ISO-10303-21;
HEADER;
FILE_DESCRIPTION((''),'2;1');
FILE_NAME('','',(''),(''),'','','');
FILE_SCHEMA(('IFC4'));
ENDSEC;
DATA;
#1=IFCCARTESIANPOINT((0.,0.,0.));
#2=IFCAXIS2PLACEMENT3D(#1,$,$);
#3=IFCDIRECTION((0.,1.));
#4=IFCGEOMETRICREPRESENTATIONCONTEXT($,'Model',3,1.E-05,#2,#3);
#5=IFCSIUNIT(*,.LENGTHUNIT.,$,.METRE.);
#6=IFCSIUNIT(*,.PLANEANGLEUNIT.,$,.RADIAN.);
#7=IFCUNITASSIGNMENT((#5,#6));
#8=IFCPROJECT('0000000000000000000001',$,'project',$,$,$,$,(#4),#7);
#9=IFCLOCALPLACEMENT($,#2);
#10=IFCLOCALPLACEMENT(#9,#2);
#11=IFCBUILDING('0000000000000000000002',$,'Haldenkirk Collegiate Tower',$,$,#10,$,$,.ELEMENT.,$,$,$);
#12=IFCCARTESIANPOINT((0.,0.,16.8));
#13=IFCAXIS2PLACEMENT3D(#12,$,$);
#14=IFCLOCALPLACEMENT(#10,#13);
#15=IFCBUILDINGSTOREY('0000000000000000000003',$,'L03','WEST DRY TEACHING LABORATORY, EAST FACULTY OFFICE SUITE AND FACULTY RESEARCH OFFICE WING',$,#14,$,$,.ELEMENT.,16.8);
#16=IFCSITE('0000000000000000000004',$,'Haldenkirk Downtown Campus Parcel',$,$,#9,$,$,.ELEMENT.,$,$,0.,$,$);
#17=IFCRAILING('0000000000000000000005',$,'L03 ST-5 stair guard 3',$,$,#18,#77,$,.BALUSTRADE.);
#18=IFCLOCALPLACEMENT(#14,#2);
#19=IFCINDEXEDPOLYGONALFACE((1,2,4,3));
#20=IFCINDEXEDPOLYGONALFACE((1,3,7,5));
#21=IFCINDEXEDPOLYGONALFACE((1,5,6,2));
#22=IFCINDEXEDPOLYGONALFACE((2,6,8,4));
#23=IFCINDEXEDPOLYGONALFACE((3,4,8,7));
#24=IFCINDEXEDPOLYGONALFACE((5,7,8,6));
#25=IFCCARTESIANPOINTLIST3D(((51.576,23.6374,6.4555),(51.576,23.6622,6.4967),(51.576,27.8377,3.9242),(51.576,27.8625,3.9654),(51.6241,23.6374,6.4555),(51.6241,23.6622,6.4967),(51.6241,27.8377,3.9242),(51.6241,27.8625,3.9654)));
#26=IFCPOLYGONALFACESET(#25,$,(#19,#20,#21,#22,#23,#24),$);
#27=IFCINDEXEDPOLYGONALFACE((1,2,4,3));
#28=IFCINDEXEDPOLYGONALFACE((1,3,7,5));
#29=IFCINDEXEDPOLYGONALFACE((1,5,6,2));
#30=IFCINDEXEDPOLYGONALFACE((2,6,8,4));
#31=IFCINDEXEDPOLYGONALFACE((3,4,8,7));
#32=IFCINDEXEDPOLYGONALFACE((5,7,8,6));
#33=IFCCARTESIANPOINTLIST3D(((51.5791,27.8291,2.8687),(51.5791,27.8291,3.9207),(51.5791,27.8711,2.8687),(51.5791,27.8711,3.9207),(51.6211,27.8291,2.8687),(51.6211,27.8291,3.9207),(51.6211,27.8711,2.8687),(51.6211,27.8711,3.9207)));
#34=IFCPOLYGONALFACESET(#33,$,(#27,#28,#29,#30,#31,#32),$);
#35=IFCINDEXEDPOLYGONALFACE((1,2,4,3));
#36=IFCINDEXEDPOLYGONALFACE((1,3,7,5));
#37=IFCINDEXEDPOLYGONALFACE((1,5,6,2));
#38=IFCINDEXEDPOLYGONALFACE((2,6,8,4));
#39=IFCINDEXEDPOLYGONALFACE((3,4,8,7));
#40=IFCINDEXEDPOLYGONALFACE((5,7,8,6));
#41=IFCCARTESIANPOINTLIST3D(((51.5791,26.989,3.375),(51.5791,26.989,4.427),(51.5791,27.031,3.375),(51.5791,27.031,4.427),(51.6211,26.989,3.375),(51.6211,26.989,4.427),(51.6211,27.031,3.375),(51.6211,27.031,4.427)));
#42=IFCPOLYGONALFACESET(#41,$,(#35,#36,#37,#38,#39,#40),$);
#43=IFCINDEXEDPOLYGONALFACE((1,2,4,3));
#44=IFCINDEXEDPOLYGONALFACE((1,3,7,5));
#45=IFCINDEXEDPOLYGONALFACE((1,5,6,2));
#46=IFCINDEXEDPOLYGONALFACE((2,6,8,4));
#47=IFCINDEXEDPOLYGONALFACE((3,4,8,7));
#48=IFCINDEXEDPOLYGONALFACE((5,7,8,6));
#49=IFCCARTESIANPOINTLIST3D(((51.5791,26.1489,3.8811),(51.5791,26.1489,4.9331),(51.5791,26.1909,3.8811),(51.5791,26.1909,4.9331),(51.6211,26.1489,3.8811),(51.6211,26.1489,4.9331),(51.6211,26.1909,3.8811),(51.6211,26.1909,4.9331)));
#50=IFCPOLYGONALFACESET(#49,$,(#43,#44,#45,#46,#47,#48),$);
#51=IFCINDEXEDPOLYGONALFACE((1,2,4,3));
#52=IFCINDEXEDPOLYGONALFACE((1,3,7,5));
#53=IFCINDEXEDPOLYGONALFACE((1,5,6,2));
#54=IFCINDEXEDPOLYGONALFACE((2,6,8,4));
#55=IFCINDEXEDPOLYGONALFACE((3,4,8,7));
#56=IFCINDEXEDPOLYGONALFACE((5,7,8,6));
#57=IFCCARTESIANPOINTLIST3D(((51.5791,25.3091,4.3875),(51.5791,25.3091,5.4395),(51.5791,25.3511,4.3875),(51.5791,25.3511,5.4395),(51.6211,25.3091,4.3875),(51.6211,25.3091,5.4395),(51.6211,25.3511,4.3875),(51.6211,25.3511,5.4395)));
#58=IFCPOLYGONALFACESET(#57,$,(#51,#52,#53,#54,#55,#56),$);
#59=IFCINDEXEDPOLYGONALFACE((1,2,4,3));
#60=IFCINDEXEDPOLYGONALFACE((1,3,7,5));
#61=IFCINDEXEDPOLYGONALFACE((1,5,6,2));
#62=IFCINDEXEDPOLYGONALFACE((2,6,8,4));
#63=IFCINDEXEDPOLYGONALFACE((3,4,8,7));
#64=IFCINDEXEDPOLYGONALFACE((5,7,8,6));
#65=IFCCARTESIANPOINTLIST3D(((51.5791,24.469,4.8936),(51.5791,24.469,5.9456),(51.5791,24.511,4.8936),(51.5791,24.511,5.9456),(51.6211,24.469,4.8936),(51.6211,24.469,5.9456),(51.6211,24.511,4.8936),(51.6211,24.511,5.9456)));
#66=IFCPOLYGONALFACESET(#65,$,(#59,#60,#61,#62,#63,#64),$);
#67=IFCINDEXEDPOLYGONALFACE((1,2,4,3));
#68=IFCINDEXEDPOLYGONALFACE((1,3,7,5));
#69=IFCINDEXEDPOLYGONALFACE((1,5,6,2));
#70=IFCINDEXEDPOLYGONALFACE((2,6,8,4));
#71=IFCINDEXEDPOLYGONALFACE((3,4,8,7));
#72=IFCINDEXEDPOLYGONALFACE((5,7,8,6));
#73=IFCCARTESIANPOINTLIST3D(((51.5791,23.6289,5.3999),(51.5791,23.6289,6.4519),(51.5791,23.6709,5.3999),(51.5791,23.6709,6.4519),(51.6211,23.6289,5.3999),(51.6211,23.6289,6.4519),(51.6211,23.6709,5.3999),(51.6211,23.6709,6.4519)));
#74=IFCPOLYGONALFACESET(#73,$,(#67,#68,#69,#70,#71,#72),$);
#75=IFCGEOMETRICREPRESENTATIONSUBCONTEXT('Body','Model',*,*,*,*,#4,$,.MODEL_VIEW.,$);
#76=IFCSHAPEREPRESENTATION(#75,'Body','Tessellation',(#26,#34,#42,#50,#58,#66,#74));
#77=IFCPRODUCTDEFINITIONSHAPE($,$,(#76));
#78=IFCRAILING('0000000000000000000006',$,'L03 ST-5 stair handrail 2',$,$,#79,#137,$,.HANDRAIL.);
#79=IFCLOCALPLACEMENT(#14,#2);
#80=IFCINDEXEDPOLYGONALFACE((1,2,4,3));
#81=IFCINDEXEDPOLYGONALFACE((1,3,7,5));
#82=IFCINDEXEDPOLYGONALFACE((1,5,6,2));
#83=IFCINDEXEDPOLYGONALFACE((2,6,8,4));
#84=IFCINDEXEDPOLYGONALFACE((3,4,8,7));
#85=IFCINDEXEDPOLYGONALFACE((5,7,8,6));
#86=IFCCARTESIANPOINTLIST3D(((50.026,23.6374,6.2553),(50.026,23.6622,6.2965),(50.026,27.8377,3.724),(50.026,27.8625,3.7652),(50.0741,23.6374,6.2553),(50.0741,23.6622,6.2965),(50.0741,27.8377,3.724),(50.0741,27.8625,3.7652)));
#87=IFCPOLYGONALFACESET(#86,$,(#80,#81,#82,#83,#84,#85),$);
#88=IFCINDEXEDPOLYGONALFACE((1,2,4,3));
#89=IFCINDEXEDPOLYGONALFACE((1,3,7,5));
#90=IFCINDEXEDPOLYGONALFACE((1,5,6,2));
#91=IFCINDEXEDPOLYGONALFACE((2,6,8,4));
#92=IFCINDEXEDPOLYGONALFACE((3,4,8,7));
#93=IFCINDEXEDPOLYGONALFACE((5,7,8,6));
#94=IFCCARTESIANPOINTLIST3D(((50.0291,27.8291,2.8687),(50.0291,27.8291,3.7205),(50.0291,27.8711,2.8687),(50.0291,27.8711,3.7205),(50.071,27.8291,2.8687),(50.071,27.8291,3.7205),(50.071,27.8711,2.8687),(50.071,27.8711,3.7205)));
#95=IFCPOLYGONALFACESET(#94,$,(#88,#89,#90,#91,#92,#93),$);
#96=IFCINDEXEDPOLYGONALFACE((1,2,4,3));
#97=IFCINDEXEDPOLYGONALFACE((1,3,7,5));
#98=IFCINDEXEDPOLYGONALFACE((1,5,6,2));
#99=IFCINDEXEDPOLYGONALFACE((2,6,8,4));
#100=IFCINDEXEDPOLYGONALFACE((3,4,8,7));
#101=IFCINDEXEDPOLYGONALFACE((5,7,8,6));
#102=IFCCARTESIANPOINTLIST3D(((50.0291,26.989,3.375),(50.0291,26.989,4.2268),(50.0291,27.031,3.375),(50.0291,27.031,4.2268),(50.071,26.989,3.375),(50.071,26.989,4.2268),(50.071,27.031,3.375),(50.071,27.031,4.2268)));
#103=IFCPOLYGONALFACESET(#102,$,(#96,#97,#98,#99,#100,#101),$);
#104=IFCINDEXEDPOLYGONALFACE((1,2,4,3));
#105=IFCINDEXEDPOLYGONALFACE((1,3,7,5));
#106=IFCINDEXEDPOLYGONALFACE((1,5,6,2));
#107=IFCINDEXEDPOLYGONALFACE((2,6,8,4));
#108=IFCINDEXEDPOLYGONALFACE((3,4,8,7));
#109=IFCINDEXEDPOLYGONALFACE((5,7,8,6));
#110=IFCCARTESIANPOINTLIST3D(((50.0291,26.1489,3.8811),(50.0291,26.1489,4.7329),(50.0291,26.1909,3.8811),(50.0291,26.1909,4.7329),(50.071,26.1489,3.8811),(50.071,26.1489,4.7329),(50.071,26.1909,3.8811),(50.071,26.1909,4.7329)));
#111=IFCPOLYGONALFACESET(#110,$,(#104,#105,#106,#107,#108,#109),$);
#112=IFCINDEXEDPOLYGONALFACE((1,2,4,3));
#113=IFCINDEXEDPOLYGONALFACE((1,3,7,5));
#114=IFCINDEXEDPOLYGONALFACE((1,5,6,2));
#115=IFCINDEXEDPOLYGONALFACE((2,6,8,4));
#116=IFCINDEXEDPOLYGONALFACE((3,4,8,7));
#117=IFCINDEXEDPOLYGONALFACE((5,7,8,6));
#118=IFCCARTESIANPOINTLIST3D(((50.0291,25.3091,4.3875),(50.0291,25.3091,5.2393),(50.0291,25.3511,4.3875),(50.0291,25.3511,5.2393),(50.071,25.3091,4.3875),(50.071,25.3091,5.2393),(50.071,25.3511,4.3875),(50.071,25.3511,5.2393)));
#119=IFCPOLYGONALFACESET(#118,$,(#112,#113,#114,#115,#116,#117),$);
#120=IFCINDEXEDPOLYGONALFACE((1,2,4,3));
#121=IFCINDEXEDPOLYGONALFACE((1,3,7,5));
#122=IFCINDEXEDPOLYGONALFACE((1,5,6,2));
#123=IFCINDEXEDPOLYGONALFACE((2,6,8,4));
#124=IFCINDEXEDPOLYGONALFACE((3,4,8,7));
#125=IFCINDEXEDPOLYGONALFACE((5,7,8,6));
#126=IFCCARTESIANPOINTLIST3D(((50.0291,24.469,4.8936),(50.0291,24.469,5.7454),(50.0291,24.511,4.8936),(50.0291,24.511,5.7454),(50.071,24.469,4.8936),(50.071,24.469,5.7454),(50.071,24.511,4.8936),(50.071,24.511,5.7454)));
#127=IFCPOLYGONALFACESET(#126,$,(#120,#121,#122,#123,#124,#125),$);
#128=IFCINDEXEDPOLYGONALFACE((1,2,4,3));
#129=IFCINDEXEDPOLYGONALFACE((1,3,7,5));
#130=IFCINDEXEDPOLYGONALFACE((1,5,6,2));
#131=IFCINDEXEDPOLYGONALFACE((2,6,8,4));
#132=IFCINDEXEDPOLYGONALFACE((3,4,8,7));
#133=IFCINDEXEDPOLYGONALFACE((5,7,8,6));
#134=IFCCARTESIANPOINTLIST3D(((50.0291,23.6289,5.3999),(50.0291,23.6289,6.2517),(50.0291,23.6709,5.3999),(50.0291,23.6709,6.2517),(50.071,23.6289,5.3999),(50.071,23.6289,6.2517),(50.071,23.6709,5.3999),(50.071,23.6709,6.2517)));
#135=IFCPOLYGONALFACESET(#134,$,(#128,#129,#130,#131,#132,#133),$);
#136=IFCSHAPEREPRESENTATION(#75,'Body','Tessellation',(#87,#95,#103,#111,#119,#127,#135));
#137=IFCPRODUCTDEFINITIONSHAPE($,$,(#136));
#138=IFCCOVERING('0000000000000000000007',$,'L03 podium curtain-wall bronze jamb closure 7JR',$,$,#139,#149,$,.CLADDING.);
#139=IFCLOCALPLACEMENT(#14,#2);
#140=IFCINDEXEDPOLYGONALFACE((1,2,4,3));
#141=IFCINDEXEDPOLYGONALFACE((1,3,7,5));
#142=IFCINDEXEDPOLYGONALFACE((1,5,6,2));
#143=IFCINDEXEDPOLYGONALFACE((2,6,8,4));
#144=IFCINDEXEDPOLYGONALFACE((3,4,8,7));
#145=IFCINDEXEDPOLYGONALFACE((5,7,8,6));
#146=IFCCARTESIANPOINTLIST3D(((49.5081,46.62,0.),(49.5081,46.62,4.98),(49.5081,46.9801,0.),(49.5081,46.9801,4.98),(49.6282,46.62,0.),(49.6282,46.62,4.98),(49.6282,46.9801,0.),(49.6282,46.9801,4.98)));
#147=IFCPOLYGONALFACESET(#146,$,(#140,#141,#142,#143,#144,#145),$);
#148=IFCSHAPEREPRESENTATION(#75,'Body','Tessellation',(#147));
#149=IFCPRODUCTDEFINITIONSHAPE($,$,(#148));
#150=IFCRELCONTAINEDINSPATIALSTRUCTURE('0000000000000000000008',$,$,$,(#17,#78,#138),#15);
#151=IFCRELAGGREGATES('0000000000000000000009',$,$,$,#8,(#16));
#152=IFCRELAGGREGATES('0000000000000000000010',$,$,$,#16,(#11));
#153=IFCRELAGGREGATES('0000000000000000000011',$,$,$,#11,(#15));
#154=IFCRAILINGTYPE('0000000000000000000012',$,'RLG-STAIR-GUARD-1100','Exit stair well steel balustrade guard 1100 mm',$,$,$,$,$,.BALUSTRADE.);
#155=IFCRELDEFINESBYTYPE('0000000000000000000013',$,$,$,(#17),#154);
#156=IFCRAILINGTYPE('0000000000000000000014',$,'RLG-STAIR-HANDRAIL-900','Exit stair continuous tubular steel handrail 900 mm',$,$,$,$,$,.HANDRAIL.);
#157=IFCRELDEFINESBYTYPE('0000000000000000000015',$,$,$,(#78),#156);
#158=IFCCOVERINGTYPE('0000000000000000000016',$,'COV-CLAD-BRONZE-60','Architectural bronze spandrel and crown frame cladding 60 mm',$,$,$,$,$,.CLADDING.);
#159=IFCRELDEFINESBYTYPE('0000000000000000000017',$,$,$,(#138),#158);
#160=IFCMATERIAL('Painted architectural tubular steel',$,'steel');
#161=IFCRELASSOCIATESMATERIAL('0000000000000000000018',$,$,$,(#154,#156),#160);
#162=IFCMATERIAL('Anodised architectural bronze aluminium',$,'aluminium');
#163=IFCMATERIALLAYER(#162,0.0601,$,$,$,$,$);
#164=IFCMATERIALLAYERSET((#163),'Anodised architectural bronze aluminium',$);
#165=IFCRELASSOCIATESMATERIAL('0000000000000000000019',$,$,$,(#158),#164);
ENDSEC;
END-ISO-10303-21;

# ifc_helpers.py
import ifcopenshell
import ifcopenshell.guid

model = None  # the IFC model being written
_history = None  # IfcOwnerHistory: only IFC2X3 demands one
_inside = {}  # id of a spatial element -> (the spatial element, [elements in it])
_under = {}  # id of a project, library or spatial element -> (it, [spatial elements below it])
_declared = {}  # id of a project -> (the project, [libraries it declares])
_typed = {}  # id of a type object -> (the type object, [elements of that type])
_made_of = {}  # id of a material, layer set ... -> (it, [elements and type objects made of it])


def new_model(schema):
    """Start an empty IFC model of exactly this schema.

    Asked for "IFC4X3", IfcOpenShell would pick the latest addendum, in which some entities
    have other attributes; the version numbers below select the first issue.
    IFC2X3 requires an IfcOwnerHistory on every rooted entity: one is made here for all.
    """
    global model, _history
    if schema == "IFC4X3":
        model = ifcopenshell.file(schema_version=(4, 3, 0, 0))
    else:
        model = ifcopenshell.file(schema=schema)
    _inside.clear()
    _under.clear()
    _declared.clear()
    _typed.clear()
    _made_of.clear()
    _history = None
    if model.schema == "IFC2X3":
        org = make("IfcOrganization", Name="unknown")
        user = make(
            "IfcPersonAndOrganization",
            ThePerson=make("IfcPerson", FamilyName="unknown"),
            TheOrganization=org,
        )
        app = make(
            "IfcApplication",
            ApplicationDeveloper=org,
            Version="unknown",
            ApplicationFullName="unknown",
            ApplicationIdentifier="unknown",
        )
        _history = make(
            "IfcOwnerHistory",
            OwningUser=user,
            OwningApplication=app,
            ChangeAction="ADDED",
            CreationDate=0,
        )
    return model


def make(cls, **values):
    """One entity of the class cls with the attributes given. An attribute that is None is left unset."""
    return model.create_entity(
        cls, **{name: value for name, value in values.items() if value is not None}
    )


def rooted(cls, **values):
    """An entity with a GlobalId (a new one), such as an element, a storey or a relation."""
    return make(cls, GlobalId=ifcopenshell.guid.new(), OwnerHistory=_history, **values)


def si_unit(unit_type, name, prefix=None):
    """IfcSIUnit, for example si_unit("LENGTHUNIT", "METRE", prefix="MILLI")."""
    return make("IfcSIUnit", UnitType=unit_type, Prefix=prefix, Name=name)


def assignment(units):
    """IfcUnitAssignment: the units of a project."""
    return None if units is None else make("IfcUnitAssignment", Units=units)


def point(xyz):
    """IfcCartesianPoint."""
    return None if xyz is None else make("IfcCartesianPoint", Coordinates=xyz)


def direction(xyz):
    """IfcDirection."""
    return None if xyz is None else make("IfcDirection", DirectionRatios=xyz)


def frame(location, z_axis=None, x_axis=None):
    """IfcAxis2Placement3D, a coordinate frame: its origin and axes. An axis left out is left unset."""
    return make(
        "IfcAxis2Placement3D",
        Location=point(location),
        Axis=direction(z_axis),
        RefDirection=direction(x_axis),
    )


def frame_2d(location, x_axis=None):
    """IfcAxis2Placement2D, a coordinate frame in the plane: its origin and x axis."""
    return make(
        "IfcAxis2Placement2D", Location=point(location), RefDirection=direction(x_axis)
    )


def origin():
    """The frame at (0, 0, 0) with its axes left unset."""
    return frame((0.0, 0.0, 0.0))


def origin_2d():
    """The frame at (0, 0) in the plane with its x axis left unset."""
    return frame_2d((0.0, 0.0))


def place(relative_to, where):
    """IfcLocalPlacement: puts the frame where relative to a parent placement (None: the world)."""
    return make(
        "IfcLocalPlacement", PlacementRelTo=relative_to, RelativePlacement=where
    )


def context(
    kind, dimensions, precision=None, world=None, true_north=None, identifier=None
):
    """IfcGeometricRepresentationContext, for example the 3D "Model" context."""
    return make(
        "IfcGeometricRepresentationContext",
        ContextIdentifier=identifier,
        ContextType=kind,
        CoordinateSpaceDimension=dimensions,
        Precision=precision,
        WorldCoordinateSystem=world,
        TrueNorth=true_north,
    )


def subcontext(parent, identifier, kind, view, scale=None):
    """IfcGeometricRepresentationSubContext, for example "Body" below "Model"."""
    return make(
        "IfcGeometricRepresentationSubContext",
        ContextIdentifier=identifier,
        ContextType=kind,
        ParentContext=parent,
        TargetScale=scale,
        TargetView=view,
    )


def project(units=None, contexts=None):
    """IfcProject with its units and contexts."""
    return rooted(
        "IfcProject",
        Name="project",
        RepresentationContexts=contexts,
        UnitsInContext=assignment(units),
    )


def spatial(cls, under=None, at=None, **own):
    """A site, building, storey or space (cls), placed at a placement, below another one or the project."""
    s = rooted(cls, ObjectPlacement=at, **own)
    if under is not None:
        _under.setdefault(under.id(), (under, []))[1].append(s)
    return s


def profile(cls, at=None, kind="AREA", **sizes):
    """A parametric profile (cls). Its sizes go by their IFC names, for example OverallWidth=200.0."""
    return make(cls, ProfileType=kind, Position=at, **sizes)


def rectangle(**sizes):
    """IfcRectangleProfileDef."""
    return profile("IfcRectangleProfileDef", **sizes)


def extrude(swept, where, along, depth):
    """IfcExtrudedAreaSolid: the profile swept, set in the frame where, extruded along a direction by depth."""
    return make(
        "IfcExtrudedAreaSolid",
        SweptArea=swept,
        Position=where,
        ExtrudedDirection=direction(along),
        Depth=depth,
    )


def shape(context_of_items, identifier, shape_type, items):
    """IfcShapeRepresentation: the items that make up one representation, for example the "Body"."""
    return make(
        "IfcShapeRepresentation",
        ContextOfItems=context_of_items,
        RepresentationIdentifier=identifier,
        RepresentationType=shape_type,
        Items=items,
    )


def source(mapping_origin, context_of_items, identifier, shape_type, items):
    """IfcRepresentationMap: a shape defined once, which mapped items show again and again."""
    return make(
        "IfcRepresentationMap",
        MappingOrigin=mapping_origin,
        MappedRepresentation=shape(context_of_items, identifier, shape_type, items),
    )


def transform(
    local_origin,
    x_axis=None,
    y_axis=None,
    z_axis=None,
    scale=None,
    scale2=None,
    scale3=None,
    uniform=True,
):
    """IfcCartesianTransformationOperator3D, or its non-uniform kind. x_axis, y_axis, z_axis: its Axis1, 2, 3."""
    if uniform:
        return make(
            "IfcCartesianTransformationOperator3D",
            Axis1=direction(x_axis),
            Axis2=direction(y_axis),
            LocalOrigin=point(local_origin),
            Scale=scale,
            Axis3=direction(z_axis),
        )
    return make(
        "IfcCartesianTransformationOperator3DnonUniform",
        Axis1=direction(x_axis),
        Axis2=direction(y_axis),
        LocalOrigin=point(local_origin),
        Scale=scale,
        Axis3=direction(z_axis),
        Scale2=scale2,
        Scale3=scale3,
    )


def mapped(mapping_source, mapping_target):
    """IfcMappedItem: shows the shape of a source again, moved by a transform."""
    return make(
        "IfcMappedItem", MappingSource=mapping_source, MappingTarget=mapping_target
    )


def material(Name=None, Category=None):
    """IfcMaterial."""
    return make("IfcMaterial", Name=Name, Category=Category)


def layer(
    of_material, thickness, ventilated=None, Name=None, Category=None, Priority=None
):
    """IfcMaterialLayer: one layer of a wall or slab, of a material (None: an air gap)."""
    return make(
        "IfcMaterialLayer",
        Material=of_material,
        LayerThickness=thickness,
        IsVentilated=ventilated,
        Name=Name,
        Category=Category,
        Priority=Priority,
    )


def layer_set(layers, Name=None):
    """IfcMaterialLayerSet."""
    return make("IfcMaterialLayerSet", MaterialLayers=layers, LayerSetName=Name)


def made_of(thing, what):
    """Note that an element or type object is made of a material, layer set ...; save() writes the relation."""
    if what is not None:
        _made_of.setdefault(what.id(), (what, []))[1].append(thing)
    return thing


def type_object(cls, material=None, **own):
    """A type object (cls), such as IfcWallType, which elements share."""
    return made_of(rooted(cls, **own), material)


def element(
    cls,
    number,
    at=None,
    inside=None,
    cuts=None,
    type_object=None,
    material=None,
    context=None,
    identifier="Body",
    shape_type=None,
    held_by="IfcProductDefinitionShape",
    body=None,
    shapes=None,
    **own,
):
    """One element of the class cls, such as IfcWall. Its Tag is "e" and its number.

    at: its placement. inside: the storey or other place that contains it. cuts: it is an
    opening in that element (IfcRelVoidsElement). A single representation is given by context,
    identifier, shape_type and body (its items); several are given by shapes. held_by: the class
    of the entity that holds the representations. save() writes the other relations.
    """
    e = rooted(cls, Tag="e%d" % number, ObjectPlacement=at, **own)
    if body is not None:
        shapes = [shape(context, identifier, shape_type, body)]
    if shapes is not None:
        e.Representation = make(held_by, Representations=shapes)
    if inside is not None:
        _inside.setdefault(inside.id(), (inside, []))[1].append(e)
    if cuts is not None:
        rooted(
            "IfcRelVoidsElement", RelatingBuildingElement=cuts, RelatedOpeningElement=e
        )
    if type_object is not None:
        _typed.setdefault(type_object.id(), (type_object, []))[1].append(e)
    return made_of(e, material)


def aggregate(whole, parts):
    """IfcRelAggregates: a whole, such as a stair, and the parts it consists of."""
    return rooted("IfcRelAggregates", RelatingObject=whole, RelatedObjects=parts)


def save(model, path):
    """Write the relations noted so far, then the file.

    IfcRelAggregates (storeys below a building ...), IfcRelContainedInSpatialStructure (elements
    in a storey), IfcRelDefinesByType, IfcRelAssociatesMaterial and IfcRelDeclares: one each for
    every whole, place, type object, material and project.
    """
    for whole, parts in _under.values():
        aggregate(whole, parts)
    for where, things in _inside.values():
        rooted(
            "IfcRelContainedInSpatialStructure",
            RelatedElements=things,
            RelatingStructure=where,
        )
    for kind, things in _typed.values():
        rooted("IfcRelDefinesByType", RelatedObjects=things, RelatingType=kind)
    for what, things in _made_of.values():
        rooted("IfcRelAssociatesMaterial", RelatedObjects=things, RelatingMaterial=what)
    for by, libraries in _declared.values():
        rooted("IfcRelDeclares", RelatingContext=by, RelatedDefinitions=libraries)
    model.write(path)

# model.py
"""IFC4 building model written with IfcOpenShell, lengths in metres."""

from ifc_helpers import new_model, si_unit, direction, frame, origin, origin_2d, place, context, subcontext, project, spatial, rectangle, extrude, source, transform, mapped, material, layer, layer_set, type_object, element, save


model = new_model("IFC4")

# Units and contexts
model_context = context("Model", 3, precision=1e-05, world=origin(), true_north=direction((0.0, 1.0)))
body_context = subcontext(model_context, "Body", "Model", "MODEL_VIEW")
ifc_project = project(units=[si_unit("LENGTHUNIT", "METRE"), si_unit("PLANEANGLEUNIT", "RADIAN")], contexts=[model_context])

# Site, building, storey
site_placement = place(None, origin())
site = spatial("IfcSite", under=ifc_project, at=site_placement, Name="Haldenkirk Downtown Campus Parcel", CompositionType="ELEMENT", RefElevation=0.0)
building_placement = place(site_placement, origin())
building = spatial("IfcBuilding", under=site, at=building_placement, Name="Haldenkirk Collegiate Tower", CompositionType="ELEMENT")
storey_placement = place(building_placement, frame((0.0, 0.0, 16.8)))
storey = spatial("IfcBuildingStorey", under=building, at=storey_placement, Name="L03", Description="WEST DRY TEACHING LABORATORY, EAST FACULTY OFFICE SUITE AND FACULTY RESEARCH OFFICE WING", CompositionType="ELEMENT", Elevation=16.8)

# Shared definitions
ifc_material_1 = material(Name="Anodised architectural bronze aluminium", Category="aluminium")

# Railings
ifc_material_2 = material(Name="Painted architectural tubular steel", Category="steel")
railing_type_1 = type_object("IfcRailingType", Name="RLG-STAIR-GUARD-1100", Description="Exit stair well steel balustrade guard 1100 mm", PredefinedType="BALUSTRADE", material=ifc_material_2)
railing_1_placement = place(storey_placement, frame((51.6001, 27.8501, 2.8687)))
element("IfcRailing", 1, at=railing_1_placement, inside=storey, type_object=railing_type_1, Name="L03 ST-5 stair guard 3", PredefinedType="BALUSTRADE", context=body_context, shape_type="SweptSolid", body=[
    extrude(rectangle(XDim=0.0481, YDim=0.0481, at=origin_2d()), frame((0.0, 0.0, 1.0762), z_axis=(0.0, -0.85649, 0.516164), x_axis=(1.0, 0.0, 0.0)), (0.0, 0.0, 1.0), 4.9041),
    extrude(rectangle(XDim=0.042, YDim=0.042, at=origin_2d()), origin(), (0.0, 0.0, 1.0), 1.052),
    extrude(rectangle(XDim=0.042, YDim=0.042, at=origin_2d()), frame((0.0, -0.8401, 0.5063)), (0.0, 0.0, 1.0), 1.052),
    extrude(rectangle(XDim=0.042, YDim=0.042, at=origin_2d()), frame((0.0, -1.6802, 1.0125)), (0.0, 0.0, 1.0), 1.052),
    extrude(rectangle(XDim=0.042, YDim=0.042, at=origin_2d()), frame((0.0, -2.52, 1.5188)), (0.0, 0.0, 1.0), 1.052),
    extrude(rectangle(XDim=0.042, YDim=0.042, at=origin_2d()), frame((0.0, -3.3601, 2.0249)), (0.0, 0.0, 1.0), 1.052),
    extrude(rectangle(XDim=0.042, YDim=0.042, at=origin_2d()), frame((0.0, -4.2002, 2.5312)), (0.0, 0.0, 1.0), 1.052),
])
railing_type_2 = type_object("IfcRailingType", Name="RLG-STAIR-HANDRAIL-900", Description="Exit stair continuous tubular steel handrail 900 mm", PredefinedType="HANDRAIL", material=ifc_material_2)
railing_2_placement = place(storey_placement, frame((50.05, 27.8501, 2.8687)))
element("IfcRailing", 2, at=railing_2_placement, inside=storey, type_object=railing_type_2, Name="L03 ST-5 stair handrail 2", PredefinedType="HANDRAIL", context=body_context, shape_type="SweptSolid", body=[
    extrude(rectangle(XDim=0.0481, YDim=0.0481, at=origin_2d()), frame((0.0, 0.0, 0.876), z_axis=(0.0, -0.85649, 0.516164), x_axis=(1.0, 0.0, 0.0)), (0.0, 0.0, 1.0), 4.9041),
    extrude(rectangle(XDim=0.042, YDim=0.042, at=origin_2d()), origin(), (0.0, 0.0, 1.0), 0.8518),
    extrude(rectangle(XDim=0.042, YDim=0.042, at=origin_2d()), frame((0.0, -0.8401, 0.5063)), (0.0, 0.0, 1.0), 0.8518),
    extrude(rectangle(XDim=0.042, YDim=0.042, at=origin_2d()), frame((0.0, -1.6802, 1.0125)), (0.0, 0.0, 1.0), 0.8518),
    extrude(rectangle(XDim=0.042, YDim=0.042, at=origin_2d()), frame((0.0, -2.52, 1.5188)), (0.0, 0.0, 1.0), 0.8518),
    extrude(rectangle(XDim=0.042, YDim=0.042, at=origin_2d()), frame((0.0, -3.3601, 2.0249)), (0.0, 0.0, 1.0), 0.8518),
    extrude(rectangle(XDim=0.042, YDim=0.042, at=origin_2d()), frame((0.0, -4.2002, 2.5312)), (0.0, 0.0, 1.0), 0.8518),
])

# Covering
ifc_layer_1 = layer(ifc_material_1, 0.0601)
ifc_layer_set_1 = layer_set([ifc_layer_1], Name="Anodised architectural bronze aluminium")
covering_type = type_object("IfcCoveringType", Name="COV-CLAD-BRONZE-60", Description="Architectural bronze spandrel and crown frame cladding 60 mm", PredefinedType="CLADDING", material=ifc_layer_set_1)
shared_shape_1 = source(origin(), body_context, "Body", "SweptSolid", [
    extrude(rectangle(XDim=0.1201, YDim=0.3601, at=origin_2d()), origin(), (0.0, 0.0, 1.0), 4.98),
])
covering_placement = place(storey_placement, frame((49.5681, 46.8, 0.0), z_axis=(0.0, 0.0, 1.0), x_axis=(1.0, 0.0, 0.0)))
element("IfcCovering", 3, at=covering_placement, inside=storey, type_object=covering_type, Name="L03 podium curtain-wall bronze jamb closure 7JR", PredefinedType="CLADDING", context=body_context, shape_type="MappedRepresentation", body=[
    mapped(shared_shape_1, transform((0.0, 0.0, 0.0), x_axis=(1.0, 0.0, 0.0), y_axis=(0.0, 1.0, 0.0), z_axis=(0.0, 0.0, 1.0), scale=1.0)),
])

save(model, "model.ifc")
